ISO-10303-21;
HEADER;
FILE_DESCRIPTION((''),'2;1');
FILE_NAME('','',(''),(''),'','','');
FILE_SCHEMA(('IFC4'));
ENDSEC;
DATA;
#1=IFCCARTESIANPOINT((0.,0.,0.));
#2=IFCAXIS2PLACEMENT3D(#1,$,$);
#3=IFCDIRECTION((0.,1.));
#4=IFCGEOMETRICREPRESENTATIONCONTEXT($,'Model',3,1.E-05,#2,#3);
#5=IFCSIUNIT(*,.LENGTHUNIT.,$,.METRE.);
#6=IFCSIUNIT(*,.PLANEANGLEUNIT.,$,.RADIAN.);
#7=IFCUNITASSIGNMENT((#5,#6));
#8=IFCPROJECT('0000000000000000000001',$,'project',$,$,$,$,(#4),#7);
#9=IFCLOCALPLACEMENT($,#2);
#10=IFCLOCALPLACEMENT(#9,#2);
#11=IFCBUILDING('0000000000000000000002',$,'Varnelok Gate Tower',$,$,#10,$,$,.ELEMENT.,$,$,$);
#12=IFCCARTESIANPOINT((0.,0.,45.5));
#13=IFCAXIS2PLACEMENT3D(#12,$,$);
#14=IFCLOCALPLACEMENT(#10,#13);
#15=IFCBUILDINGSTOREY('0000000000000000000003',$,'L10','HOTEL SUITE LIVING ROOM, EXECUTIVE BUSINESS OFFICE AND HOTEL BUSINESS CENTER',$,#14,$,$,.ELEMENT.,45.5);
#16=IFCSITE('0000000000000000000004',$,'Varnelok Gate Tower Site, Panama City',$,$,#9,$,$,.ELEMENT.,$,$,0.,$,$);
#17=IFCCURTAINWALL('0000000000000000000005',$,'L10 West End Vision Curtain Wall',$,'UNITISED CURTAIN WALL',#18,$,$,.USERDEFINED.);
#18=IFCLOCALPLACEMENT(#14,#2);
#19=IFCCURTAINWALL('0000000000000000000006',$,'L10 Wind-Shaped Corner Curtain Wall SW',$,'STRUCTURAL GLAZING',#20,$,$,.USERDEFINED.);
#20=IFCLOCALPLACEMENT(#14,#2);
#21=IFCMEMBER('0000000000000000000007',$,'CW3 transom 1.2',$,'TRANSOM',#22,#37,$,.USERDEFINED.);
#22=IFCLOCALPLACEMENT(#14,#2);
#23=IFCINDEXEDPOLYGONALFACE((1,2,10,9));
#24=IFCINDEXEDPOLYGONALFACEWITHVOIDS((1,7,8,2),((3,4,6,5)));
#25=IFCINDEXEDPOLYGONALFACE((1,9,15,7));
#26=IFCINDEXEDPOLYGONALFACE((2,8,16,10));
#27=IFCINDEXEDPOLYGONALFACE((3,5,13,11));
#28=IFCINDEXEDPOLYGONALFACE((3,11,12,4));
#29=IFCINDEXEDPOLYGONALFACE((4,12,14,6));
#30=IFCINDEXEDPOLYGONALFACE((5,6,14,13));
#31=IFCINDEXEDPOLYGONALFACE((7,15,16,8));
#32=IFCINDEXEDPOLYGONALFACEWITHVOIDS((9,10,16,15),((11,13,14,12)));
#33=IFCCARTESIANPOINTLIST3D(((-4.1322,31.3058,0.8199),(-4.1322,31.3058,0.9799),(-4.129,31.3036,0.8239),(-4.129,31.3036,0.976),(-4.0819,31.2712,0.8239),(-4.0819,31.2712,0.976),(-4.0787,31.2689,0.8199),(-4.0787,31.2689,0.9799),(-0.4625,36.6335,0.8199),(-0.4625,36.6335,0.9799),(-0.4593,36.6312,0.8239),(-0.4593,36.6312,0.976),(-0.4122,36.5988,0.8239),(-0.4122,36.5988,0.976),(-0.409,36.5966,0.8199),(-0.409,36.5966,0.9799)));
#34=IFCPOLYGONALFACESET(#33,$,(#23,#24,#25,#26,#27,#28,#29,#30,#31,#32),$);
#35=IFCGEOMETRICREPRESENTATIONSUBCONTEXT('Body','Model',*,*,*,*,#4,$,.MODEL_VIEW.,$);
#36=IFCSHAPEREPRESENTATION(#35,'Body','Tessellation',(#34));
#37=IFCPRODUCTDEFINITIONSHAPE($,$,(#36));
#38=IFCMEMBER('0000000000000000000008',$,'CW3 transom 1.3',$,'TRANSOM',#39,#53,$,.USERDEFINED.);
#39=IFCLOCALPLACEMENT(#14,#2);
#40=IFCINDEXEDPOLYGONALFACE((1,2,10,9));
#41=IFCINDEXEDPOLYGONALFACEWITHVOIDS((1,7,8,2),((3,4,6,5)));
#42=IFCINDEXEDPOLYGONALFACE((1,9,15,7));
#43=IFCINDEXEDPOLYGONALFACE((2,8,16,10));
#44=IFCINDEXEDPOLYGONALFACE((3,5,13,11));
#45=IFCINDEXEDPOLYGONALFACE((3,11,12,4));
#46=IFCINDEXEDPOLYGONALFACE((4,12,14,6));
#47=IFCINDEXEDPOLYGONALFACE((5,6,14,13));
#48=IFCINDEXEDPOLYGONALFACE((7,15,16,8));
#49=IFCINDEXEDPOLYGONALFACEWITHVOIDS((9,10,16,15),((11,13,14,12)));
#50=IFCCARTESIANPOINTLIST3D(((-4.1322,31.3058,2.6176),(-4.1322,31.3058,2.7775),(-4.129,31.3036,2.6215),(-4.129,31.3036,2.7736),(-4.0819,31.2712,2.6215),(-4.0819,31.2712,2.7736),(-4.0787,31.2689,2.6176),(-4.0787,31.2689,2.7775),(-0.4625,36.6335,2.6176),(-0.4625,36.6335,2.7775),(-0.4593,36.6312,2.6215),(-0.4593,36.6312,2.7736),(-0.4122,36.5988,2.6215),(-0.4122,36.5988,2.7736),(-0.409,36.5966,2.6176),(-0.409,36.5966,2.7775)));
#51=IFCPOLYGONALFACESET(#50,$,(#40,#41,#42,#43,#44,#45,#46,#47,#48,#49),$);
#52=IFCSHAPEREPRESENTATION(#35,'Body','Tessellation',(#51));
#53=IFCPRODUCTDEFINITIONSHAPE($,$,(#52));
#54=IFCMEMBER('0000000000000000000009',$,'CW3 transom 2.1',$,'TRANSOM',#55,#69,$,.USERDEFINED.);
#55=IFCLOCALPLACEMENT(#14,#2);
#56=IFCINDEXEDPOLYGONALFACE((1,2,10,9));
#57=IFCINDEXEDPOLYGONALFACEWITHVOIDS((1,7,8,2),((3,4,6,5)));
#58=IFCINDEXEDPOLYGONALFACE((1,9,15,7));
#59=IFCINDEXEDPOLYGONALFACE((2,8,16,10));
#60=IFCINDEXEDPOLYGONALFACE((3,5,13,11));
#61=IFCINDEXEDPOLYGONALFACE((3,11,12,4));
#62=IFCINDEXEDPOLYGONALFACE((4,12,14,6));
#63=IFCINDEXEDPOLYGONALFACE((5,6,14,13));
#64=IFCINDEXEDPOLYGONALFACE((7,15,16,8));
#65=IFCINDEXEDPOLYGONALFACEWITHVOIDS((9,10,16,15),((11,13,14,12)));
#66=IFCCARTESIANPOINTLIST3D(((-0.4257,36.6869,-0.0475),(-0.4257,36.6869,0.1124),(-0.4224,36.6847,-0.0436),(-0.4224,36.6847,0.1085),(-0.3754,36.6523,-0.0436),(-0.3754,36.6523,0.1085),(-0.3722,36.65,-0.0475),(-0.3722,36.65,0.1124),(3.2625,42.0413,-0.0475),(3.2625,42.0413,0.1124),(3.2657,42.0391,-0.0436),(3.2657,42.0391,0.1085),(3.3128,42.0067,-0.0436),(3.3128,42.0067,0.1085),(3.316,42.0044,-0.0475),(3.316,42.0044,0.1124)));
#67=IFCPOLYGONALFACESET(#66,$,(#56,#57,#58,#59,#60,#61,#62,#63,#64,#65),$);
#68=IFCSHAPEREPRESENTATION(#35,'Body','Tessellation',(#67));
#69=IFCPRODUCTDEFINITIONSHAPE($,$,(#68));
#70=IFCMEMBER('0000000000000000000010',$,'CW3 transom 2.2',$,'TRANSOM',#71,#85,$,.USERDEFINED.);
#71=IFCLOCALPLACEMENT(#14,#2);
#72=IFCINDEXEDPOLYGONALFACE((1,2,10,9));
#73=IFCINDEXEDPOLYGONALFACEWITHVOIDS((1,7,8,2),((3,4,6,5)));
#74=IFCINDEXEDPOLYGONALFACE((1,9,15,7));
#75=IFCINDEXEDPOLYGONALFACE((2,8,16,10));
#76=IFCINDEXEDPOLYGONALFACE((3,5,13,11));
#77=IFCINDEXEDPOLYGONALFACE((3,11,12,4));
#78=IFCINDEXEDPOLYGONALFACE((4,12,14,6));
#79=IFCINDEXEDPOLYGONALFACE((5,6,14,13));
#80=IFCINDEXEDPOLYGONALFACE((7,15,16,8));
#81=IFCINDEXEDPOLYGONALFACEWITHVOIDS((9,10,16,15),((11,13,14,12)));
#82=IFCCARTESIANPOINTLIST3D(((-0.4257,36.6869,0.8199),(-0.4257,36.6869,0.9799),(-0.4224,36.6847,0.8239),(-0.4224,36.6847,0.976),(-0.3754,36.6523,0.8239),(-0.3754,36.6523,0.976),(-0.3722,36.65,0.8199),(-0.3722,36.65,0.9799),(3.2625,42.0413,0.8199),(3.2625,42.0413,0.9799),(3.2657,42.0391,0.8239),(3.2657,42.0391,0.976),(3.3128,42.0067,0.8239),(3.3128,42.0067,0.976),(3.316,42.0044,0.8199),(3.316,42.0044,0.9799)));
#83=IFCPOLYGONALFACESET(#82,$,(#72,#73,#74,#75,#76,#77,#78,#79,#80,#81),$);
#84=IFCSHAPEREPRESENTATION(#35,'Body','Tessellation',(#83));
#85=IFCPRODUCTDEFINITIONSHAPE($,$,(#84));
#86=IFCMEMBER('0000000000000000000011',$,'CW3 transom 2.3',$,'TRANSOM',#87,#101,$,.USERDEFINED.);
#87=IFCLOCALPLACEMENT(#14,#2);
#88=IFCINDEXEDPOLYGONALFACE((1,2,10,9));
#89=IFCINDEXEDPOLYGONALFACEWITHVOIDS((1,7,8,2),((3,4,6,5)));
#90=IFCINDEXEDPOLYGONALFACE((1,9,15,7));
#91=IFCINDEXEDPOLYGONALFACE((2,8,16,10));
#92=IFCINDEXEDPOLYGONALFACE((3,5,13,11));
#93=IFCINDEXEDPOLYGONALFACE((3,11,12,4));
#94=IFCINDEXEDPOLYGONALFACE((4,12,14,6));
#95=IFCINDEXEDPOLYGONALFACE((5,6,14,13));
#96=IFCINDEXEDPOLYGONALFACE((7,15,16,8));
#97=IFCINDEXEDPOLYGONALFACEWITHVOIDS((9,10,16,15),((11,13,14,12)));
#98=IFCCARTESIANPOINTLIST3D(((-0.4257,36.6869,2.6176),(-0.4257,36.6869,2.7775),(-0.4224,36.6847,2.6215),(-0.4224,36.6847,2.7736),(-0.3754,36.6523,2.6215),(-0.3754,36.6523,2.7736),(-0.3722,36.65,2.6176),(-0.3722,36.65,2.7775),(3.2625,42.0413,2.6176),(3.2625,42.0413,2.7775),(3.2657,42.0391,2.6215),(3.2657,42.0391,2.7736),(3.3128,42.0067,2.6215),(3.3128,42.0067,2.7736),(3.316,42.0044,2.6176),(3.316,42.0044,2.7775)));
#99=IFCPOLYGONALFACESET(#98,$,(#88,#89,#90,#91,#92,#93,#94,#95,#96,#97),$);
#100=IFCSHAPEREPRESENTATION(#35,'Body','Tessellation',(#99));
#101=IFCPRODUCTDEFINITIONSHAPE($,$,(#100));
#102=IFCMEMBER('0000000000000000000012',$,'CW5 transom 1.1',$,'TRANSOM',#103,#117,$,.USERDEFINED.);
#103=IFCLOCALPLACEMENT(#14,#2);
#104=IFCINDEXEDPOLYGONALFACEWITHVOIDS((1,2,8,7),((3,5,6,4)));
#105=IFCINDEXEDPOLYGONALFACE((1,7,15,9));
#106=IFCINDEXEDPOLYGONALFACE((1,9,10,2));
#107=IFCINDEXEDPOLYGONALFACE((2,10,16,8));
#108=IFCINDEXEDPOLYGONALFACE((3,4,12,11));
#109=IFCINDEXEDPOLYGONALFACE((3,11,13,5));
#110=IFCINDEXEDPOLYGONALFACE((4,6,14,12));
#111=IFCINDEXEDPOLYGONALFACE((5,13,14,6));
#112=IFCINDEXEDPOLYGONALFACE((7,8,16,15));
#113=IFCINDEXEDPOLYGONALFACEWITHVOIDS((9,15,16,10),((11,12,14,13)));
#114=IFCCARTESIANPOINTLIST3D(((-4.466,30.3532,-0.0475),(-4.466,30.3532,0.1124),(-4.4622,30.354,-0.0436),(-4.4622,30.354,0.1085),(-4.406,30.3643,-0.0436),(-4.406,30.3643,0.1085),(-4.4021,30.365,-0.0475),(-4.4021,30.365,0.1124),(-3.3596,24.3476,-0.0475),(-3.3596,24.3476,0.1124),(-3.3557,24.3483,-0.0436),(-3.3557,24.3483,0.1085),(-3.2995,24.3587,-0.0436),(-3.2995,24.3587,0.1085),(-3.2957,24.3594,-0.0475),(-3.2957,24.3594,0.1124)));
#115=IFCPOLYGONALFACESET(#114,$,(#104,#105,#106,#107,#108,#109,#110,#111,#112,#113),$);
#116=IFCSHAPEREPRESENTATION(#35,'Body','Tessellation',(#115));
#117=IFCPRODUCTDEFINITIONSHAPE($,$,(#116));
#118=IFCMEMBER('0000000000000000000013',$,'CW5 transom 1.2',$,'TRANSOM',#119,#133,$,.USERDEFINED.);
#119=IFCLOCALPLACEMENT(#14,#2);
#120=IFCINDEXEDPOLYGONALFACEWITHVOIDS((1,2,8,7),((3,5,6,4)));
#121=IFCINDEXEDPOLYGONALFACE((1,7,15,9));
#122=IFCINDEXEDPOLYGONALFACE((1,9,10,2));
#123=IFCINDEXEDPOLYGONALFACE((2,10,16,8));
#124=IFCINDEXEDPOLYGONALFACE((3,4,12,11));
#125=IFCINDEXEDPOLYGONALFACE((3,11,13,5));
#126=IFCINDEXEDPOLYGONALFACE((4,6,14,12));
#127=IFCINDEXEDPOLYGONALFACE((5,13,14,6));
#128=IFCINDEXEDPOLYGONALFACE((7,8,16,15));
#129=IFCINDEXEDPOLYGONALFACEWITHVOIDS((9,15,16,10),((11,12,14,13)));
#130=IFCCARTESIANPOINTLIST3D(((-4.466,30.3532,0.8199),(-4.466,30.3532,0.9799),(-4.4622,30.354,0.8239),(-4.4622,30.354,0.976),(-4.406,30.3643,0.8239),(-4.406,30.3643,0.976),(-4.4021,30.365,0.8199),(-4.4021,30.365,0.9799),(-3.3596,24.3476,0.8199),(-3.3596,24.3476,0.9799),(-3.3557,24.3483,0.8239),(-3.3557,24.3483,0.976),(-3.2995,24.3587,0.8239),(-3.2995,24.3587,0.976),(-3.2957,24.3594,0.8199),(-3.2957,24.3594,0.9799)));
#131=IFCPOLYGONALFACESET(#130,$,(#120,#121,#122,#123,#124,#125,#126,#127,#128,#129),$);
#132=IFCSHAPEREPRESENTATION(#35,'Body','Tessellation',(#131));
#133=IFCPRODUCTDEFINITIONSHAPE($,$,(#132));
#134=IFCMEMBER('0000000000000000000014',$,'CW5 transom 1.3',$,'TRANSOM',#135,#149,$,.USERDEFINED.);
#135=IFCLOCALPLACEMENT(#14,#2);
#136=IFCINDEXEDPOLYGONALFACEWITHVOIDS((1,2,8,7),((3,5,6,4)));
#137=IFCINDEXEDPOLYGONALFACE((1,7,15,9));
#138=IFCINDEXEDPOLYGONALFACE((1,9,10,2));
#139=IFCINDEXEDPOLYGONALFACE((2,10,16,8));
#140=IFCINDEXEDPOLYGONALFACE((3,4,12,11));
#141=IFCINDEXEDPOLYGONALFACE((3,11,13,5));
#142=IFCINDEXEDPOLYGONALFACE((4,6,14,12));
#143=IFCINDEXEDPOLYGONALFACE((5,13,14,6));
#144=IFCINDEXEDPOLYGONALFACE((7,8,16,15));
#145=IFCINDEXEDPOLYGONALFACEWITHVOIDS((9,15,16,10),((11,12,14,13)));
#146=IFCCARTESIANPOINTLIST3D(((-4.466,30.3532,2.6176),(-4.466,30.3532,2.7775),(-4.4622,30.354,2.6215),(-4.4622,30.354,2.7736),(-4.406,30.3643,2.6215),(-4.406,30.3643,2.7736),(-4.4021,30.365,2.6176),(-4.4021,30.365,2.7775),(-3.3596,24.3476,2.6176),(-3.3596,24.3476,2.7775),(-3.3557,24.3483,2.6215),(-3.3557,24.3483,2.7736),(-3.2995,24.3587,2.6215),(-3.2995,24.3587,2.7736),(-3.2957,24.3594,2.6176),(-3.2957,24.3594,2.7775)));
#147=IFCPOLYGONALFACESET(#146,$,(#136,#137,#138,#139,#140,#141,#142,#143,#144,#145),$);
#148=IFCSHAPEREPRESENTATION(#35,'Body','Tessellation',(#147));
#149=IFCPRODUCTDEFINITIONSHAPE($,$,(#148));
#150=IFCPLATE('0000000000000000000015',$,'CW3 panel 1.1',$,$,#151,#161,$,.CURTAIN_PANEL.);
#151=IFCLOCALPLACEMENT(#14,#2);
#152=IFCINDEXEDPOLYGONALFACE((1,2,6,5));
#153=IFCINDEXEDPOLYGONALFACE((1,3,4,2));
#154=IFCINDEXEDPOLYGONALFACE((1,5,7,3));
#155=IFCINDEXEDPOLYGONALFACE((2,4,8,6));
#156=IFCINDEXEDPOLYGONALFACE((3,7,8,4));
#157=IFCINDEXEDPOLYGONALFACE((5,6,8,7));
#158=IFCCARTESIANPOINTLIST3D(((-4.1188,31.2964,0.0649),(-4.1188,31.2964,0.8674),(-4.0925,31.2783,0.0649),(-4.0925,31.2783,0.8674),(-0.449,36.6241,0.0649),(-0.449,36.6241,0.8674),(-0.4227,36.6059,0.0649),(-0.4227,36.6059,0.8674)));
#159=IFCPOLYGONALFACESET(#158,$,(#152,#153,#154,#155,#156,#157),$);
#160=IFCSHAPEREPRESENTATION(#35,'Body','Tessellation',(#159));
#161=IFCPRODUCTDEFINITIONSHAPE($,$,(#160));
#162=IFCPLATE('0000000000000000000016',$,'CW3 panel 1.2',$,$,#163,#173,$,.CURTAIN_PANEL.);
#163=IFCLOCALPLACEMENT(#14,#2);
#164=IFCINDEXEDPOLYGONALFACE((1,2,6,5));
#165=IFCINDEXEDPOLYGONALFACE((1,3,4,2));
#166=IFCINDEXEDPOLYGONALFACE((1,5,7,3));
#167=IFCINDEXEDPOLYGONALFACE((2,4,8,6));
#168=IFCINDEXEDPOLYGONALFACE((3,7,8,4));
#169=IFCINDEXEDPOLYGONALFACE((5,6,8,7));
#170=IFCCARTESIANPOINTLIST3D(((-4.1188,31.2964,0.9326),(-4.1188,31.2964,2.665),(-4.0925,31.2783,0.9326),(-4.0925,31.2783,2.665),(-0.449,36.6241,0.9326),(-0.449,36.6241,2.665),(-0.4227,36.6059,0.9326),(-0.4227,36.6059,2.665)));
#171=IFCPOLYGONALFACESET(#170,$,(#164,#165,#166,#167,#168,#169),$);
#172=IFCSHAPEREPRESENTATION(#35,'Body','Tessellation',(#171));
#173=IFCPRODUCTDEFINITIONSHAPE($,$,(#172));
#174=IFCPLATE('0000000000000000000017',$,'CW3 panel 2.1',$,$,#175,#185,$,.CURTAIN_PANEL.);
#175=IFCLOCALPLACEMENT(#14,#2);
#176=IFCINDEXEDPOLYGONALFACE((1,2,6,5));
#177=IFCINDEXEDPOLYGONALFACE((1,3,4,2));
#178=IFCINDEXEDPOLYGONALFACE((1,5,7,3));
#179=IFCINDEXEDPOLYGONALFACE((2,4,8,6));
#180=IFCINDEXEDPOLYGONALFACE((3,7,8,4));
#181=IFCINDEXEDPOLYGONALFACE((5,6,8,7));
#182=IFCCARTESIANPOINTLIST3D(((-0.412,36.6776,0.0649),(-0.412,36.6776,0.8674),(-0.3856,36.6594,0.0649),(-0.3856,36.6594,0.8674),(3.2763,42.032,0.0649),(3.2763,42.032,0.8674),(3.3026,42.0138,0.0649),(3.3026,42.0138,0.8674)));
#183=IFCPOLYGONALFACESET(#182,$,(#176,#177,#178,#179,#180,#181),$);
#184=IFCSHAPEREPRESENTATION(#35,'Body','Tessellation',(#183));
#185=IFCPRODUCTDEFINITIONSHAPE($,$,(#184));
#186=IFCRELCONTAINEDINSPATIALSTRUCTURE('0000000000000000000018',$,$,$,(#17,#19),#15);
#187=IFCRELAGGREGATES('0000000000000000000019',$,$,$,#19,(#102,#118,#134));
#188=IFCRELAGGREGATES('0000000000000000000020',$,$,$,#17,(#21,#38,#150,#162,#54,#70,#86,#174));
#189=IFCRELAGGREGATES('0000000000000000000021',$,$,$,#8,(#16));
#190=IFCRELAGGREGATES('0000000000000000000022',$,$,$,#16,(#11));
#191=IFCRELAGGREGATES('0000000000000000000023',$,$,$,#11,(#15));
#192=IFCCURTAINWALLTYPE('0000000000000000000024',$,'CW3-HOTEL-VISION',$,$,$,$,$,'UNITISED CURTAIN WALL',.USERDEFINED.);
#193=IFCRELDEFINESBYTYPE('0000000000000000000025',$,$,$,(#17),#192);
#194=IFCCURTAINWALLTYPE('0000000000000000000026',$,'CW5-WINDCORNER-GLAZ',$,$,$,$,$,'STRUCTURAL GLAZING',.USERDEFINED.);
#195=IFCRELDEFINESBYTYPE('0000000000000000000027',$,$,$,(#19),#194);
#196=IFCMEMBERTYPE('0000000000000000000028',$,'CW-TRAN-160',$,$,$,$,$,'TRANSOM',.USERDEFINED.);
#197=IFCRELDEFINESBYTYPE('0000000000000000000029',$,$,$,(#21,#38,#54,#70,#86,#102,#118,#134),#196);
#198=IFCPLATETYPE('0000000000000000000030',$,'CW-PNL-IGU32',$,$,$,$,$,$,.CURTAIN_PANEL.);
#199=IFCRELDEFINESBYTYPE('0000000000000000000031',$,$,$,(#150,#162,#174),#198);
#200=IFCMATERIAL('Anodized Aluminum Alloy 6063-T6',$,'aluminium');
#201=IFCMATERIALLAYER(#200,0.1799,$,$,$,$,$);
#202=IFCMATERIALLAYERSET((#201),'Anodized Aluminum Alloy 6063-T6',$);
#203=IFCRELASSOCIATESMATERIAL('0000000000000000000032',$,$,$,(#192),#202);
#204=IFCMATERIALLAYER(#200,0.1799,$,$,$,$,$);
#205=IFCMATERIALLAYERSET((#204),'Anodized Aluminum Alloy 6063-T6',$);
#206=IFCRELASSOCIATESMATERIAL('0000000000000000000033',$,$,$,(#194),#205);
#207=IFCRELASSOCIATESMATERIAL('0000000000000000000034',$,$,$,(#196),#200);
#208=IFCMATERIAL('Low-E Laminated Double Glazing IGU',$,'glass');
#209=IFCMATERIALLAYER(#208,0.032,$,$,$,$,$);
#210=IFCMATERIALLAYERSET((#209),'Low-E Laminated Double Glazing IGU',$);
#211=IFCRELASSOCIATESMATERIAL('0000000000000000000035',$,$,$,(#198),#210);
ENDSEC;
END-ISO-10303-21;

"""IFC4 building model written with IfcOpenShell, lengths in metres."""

from ifc_helpers import new_model, si_unit, direction, frame, origin, origin_2d, place, context, subcontext, project, spatial, rectangle, hollow_rectangle, extrude, source, transform, mapped, material, layer, layer_set, material_profile, profile_set, type_object, element, aggregate, save


model = new_model("IFC4")

# Units and contexts
model_context = context("Model", 3, precision=1e-05, world=origin(), true_north=direction((0.0, 1.0)))
body_context = subcontext(model_context, "Body", "Model", "MODEL_VIEW")
ifc_project = project(units=[si_unit("LENGTHUNIT", "METRE"), si_unit("PLANEANGLEUNIT", "RADIAN")], contexts=[model_context])

# Site, building, storey
site_placement = place(None, origin())
site = spatial("IfcSite", under=ifc_project, at=site_placement, Name="Varnelok Gate Tower Site, Panama City", CompositionType="ELEMENT", RefElevation=0.0)
building_placement = place(site_placement, origin())
building = spatial("IfcBuilding", under=site, at=building_placement, Name="Varnelok Gate Tower", CompositionType="ELEMENT")
storey_placement = place(building_placement, frame((0.0, 0.0, 45.5)))
storey = spatial("IfcBuildingStorey", under=building, at=storey_placement, Name="L10", Description="HOTEL SUITE LIVING ROOM, EXECUTIVE BUSINESS OFFICE AND HOTEL BUSINESS CENTER", CompositionType="ELEMENT", Elevation=45.5)

# Curtain wall
ifc_material_1 = material(Name="Anodized Aluminum Alloy 6063-T6", Category="aluminium")
ifc_layer_1 = layer(ifc_material_1, 0.1799)
ifc_layer_set_1 = layer_set([ifc_layer_1], Name="Anodized Aluminum Alloy 6063-T6")
curtain_wall_type_1 = type_object("IfcCurtainWallType", Name="CW3-HOTEL-VISION", ElementType="UNITISED CURTAIN WALL", PredefinedType="USERDEFINED", material=ifc_layer_set_1)
curtain_wall_1_placement = place(storey_placement, origin())
curtain_wall_1 = element("IfcCurtainWall", 1, at=curtain_wall_1_placement, inside=storey, type_object=curtain_wall_type_1, Name="L10 West End Vision Curtain Wall", ObjectType="UNITISED CURTAIN WALL", PredefinedType="USERDEFINED")

# Curtain wall
ifc_layer_2 = layer(ifc_material_1, 0.1799)
ifc_layer_set_2 = layer_set([ifc_layer_2], Name="Anodized Aluminum Alloy 6063-T6")
curtain_wall_type_2 = type_object("IfcCurtainWallType", Name="CW5-WINDCORNER-GLAZ", ElementType="STRUCTURAL GLAZING", PredefinedType="USERDEFINED", material=ifc_layer_set_2)
curtain_wall_2_placement = place(storey_placement, origin())
curtain_wall_2 = element("IfcCurtainWall", 2, at=curtain_wall_2_placement, inside=storey, type_object=curtain_wall_type_2, Name="L10 Wind-Shaped Corner Curtain Wall SW", ObjectType="STRUCTURAL GLAZING", PredefinedType="USERDEFINED")

# Members
ifc_material_profile_1 = material_profile(ifc_material_1, hollow_rectangle(XDim=0.0649, YDim=0.1599, WallThickness=0.0039, at=origin_2d()), Name="ALU160X65X4")
ifc_profile_set_1 = profile_set([ifc_material_profile_1], Name="Anodized Aluminum Alloy 6063-T6")
member_type_1 = type_object("IfcMemberType", Name="CW-TRAN-160", ElementType="TRANSOM", PredefinedType="USERDEFINED", material=ifc_profile_set_1)
member_1_placement = place(storey_placement, frame((-4.1055, 31.2874, 0.8999), z_axis=(0.567256, 0.823542, 0.0), x_axis=(-0.823542, 0.567256, 0.0)))
member_1 = element("IfcMember", 3, at=member_1_placement, type_object=member_type_1, Name="CW3 transom 1.2", ObjectType="TRANSOM", PredefinedType="USERDEFINED", context=body_context, shape_type="SweptSolid", body=[
    extrude(hollow_rectangle(XDim=0.0649, YDim=0.1599, WallThickness=0.0039, at=origin_2d()), origin(), (0.0, 0.0, 1.0), 6.4692),
])
member_2_placement = place(storey_placement, frame((-4.1055, 31.2874, 2.6975), z_axis=(0.567256, 0.823542, 0.0), x_axis=(-0.823542, 0.567256, 0.0)))
member_2 = element("IfcMember", 4, at=member_2_placement, type_object=member_type_1, Name="CW3 transom 1.3", ObjectType="TRANSOM", PredefinedType="USERDEFINED", context=body_context, shape_type="SweptSolid", body=[
    extrude(hollow_rectangle(XDim=0.0649, YDim=0.1599, WallThickness=0.0039, at=origin_2d()), origin(), (0.0, 0.0, 1.0), 6.4692),
])
member_3_placement = place(storey_placement, frame((-0.3989, 36.6685, 0.0325), z_axis=(0.567262, 0.823538, 0.0), x_axis=(-0.823538, 0.567262, 0.0)))
member_3 = element("IfcMember", 5, at=member_3_placement, type_object=member_type_1, Name="CW3 transom 2.1", ObjectType="TRANSOM", PredefinedType="USERDEFINED", context=body_context, shape_type="SweptSolid", body=[
    extrude(hollow_rectangle(XDim=0.0649, YDim=0.1599, WallThickness=0.0039, at=origin_2d()), origin(), (0.0, 0.0, 1.0), 6.5017),
])
member_4_placement = place(storey_placement, frame((-0.3989, 36.6685, 0.8999), z_axis=(0.567262, 0.823538, 0.0), x_axis=(-0.823538, 0.567262, 0.0)))
member_4 = element("IfcMember", 6, at=member_4_placement, type_object=member_type_1, Name="CW3 transom 2.2", ObjectType="TRANSOM", PredefinedType="USERDEFINED", context=body_context, shape_type="SweptSolid", body=[
    extrude(hollow_rectangle(XDim=0.0649, YDim=0.1599, WallThickness=0.0039, at=origin_2d()), origin(), (0.0, 0.0, 1.0), 6.5017),
])
member_5_placement = place(storey_placement, frame((-0.3989, 36.6685, 2.6975), z_axis=(0.567262, 0.823538, 0.0), x_axis=(-0.823538, 0.567262, 0.0)))
member_5 = element("IfcMember", 7, at=member_5_placement, type_object=member_type_1, Name="CW3 transom 2.3", ObjectType="TRANSOM", PredefinedType="USERDEFINED", context=body_context, shape_type="SweptSolid", body=[
    extrude(hollow_rectangle(XDim=0.0649, YDim=0.1599, WallThickness=0.0039, at=origin_2d()), origin(), (0.0, 0.0, 1.0), 6.5017),
])
member_6_placement = place(storey_placement, frame((-4.4341, 30.3591, 0.0325), z_axis=(0.181186, -0.983449, 0.0), x_axis=(0.983449, 0.181186, 0.0)))
member_6 = element("IfcMember", 8, at=member_6_placement, type_object=member_type_1, Name="CW5 transom 1.1", ObjectType="TRANSOM", PredefinedType="USERDEFINED", context=body_context, shape_type="SweptSolid", body=[
    extrude(hollow_rectangle(XDim=0.0649, YDim=0.1599, WallThickness=0.0039, at=origin_2d()), origin(), (0.0, 0.0, 1.0), 6.1067),
])
member_7_placement = place(storey_placement, frame((-4.4341, 30.3591, 0.8999), z_axis=(0.181186, -0.983449, 0.0), x_axis=(0.983449, 0.181186, 0.0)))
member_7 = element("IfcMember", 9, at=member_7_placement, type_object=member_type_1, Name="CW5 transom 1.2", ObjectType="TRANSOM", PredefinedType="USERDEFINED", context=body_context, shape_type="SweptSolid", body=[
    extrude(hollow_rectangle(XDim=0.0649, YDim=0.1599, WallThickness=0.0039, at=origin_2d()), origin(), (0.0, 0.0, 1.0), 6.1067),
])
member_8_placement = place(storey_placement, frame((-4.4341, 30.3591, 2.6975), z_axis=(0.181186, -0.983449, 0.0), x_axis=(0.983449, 0.181186, 0.0)))
member_8 = element("IfcMember", 10, at=member_8_placement, type_object=member_type_1, Name="CW5 transom 1.3", ObjectType="TRANSOM", PredefinedType="USERDEFINED", context=body_context, shape_type="SweptSolid", body=[
    extrude(hollow_rectangle(XDim=0.0649, YDim=0.1599, WallThickness=0.0039, at=origin_2d()), origin(), (0.0, 0.0, 1.0), 6.1067),
])
aggregate(curtain_wall_2, [member_6, member_7, member_8])

# Plates
ifc_material_2 = material(Name="Low-E Laminated Double Glazing IGU", Category="glass")
ifc_layer_3 = layer(ifc_material_2, 0.032)
ifc_layer_set_3 = layer_set([ifc_layer_3], Name="Low-E Laminated Double Glazing IGU")
plate_type = type_object("IfcPlateType", Name="CW-PNL-IGU32", PredefinedType="CURTAIN_PANEL", material=ifc_layer_set_3)
shared_shape_1 = source(origin(), body_context, "Body", "SweptSolid", [
    extrude(rectangle(XDim=6.4692, YDim=0.032, at=origin_2d()), origin(), (0.0, 0.0, 1.0), 0.8025),
])
plate_1_placement = place(storey_placement, frame((-2.2708, 33.9512, 0.0649), z_axis=(0.0, 0.0, 1.0), x_axis=(0.567269, 0.823533, 0.0)))
plate_1 = element("IfcPlate", 11, at=plate_1_placement, type_object=plate_type, Name="CW3 panel 1.1", PredefinedType="CURTAIN_PANEL", context=body_context, shape_type="MappedRepresentation", body=[
    mapped(shared_shape_1, transform((0.0, 0.0, 0.0), scale=1.0)),
])
shared_shape_2 = source(origin(), body_context, "Body", "SweptSolid", [
    extrude(rectangle(XDim=6.4692, YDim=0.032, at=origin_2d()), origin(), (0.0, 0.0, 1.0), 1.7324),
])
plate_2_placement = place(storey_placement, frame((-2.2708, 33.9512, 0.9326), z_axis=(0.0, 0.0, 1.0), x_axis=(0.567269, 0.823533, 0.0)))
plate_2 = element("IfcPlate", 12, at=plate_2_placement, type_object=plate_type, Name="CW3 panel 1.2", PredefinedType="CURTAIN_PANEL", context=body_context, shape_type="MappedRepresentation", body=[
    mapped(shared_shape_2, transform((0.0, 0.0, 0.0), scale=1.0)),
])
shared_shape_3 = source(origin(), body_context, "Body", "SweptSolid", [
    extrude(rectangle(XDim=6.5017, YDim=0.032, at=origin_2d()), origin(), (0.0, 0.0, 1.0), 0.8025),
])
plate_3_placement = place(storey_placement, frame((1.4453, 39.3457, 0.0649), z_axis=(0.0, 0.0, 1.0), x_axis=(0.567269, 0.823533, 0.0)))
plate_3 = element("IfcPlate", 13, at=plate_3_placement, type_object=plate_type, Name="CW3 panel 2.1", PredefinedType="CURTAIN_PANEL", context=body_context, shape_type="MappedRepresentation", body=[
    mapped(shared_shape_3, transform((0.0, 0.0, 0.0), scale=1.0)),
])
aggregate(curtain_wall_1, [member_1, member_2, plate_1, plate_2, member_3, member_4, member_5, plate_3])

save(model, "model.ifc")
